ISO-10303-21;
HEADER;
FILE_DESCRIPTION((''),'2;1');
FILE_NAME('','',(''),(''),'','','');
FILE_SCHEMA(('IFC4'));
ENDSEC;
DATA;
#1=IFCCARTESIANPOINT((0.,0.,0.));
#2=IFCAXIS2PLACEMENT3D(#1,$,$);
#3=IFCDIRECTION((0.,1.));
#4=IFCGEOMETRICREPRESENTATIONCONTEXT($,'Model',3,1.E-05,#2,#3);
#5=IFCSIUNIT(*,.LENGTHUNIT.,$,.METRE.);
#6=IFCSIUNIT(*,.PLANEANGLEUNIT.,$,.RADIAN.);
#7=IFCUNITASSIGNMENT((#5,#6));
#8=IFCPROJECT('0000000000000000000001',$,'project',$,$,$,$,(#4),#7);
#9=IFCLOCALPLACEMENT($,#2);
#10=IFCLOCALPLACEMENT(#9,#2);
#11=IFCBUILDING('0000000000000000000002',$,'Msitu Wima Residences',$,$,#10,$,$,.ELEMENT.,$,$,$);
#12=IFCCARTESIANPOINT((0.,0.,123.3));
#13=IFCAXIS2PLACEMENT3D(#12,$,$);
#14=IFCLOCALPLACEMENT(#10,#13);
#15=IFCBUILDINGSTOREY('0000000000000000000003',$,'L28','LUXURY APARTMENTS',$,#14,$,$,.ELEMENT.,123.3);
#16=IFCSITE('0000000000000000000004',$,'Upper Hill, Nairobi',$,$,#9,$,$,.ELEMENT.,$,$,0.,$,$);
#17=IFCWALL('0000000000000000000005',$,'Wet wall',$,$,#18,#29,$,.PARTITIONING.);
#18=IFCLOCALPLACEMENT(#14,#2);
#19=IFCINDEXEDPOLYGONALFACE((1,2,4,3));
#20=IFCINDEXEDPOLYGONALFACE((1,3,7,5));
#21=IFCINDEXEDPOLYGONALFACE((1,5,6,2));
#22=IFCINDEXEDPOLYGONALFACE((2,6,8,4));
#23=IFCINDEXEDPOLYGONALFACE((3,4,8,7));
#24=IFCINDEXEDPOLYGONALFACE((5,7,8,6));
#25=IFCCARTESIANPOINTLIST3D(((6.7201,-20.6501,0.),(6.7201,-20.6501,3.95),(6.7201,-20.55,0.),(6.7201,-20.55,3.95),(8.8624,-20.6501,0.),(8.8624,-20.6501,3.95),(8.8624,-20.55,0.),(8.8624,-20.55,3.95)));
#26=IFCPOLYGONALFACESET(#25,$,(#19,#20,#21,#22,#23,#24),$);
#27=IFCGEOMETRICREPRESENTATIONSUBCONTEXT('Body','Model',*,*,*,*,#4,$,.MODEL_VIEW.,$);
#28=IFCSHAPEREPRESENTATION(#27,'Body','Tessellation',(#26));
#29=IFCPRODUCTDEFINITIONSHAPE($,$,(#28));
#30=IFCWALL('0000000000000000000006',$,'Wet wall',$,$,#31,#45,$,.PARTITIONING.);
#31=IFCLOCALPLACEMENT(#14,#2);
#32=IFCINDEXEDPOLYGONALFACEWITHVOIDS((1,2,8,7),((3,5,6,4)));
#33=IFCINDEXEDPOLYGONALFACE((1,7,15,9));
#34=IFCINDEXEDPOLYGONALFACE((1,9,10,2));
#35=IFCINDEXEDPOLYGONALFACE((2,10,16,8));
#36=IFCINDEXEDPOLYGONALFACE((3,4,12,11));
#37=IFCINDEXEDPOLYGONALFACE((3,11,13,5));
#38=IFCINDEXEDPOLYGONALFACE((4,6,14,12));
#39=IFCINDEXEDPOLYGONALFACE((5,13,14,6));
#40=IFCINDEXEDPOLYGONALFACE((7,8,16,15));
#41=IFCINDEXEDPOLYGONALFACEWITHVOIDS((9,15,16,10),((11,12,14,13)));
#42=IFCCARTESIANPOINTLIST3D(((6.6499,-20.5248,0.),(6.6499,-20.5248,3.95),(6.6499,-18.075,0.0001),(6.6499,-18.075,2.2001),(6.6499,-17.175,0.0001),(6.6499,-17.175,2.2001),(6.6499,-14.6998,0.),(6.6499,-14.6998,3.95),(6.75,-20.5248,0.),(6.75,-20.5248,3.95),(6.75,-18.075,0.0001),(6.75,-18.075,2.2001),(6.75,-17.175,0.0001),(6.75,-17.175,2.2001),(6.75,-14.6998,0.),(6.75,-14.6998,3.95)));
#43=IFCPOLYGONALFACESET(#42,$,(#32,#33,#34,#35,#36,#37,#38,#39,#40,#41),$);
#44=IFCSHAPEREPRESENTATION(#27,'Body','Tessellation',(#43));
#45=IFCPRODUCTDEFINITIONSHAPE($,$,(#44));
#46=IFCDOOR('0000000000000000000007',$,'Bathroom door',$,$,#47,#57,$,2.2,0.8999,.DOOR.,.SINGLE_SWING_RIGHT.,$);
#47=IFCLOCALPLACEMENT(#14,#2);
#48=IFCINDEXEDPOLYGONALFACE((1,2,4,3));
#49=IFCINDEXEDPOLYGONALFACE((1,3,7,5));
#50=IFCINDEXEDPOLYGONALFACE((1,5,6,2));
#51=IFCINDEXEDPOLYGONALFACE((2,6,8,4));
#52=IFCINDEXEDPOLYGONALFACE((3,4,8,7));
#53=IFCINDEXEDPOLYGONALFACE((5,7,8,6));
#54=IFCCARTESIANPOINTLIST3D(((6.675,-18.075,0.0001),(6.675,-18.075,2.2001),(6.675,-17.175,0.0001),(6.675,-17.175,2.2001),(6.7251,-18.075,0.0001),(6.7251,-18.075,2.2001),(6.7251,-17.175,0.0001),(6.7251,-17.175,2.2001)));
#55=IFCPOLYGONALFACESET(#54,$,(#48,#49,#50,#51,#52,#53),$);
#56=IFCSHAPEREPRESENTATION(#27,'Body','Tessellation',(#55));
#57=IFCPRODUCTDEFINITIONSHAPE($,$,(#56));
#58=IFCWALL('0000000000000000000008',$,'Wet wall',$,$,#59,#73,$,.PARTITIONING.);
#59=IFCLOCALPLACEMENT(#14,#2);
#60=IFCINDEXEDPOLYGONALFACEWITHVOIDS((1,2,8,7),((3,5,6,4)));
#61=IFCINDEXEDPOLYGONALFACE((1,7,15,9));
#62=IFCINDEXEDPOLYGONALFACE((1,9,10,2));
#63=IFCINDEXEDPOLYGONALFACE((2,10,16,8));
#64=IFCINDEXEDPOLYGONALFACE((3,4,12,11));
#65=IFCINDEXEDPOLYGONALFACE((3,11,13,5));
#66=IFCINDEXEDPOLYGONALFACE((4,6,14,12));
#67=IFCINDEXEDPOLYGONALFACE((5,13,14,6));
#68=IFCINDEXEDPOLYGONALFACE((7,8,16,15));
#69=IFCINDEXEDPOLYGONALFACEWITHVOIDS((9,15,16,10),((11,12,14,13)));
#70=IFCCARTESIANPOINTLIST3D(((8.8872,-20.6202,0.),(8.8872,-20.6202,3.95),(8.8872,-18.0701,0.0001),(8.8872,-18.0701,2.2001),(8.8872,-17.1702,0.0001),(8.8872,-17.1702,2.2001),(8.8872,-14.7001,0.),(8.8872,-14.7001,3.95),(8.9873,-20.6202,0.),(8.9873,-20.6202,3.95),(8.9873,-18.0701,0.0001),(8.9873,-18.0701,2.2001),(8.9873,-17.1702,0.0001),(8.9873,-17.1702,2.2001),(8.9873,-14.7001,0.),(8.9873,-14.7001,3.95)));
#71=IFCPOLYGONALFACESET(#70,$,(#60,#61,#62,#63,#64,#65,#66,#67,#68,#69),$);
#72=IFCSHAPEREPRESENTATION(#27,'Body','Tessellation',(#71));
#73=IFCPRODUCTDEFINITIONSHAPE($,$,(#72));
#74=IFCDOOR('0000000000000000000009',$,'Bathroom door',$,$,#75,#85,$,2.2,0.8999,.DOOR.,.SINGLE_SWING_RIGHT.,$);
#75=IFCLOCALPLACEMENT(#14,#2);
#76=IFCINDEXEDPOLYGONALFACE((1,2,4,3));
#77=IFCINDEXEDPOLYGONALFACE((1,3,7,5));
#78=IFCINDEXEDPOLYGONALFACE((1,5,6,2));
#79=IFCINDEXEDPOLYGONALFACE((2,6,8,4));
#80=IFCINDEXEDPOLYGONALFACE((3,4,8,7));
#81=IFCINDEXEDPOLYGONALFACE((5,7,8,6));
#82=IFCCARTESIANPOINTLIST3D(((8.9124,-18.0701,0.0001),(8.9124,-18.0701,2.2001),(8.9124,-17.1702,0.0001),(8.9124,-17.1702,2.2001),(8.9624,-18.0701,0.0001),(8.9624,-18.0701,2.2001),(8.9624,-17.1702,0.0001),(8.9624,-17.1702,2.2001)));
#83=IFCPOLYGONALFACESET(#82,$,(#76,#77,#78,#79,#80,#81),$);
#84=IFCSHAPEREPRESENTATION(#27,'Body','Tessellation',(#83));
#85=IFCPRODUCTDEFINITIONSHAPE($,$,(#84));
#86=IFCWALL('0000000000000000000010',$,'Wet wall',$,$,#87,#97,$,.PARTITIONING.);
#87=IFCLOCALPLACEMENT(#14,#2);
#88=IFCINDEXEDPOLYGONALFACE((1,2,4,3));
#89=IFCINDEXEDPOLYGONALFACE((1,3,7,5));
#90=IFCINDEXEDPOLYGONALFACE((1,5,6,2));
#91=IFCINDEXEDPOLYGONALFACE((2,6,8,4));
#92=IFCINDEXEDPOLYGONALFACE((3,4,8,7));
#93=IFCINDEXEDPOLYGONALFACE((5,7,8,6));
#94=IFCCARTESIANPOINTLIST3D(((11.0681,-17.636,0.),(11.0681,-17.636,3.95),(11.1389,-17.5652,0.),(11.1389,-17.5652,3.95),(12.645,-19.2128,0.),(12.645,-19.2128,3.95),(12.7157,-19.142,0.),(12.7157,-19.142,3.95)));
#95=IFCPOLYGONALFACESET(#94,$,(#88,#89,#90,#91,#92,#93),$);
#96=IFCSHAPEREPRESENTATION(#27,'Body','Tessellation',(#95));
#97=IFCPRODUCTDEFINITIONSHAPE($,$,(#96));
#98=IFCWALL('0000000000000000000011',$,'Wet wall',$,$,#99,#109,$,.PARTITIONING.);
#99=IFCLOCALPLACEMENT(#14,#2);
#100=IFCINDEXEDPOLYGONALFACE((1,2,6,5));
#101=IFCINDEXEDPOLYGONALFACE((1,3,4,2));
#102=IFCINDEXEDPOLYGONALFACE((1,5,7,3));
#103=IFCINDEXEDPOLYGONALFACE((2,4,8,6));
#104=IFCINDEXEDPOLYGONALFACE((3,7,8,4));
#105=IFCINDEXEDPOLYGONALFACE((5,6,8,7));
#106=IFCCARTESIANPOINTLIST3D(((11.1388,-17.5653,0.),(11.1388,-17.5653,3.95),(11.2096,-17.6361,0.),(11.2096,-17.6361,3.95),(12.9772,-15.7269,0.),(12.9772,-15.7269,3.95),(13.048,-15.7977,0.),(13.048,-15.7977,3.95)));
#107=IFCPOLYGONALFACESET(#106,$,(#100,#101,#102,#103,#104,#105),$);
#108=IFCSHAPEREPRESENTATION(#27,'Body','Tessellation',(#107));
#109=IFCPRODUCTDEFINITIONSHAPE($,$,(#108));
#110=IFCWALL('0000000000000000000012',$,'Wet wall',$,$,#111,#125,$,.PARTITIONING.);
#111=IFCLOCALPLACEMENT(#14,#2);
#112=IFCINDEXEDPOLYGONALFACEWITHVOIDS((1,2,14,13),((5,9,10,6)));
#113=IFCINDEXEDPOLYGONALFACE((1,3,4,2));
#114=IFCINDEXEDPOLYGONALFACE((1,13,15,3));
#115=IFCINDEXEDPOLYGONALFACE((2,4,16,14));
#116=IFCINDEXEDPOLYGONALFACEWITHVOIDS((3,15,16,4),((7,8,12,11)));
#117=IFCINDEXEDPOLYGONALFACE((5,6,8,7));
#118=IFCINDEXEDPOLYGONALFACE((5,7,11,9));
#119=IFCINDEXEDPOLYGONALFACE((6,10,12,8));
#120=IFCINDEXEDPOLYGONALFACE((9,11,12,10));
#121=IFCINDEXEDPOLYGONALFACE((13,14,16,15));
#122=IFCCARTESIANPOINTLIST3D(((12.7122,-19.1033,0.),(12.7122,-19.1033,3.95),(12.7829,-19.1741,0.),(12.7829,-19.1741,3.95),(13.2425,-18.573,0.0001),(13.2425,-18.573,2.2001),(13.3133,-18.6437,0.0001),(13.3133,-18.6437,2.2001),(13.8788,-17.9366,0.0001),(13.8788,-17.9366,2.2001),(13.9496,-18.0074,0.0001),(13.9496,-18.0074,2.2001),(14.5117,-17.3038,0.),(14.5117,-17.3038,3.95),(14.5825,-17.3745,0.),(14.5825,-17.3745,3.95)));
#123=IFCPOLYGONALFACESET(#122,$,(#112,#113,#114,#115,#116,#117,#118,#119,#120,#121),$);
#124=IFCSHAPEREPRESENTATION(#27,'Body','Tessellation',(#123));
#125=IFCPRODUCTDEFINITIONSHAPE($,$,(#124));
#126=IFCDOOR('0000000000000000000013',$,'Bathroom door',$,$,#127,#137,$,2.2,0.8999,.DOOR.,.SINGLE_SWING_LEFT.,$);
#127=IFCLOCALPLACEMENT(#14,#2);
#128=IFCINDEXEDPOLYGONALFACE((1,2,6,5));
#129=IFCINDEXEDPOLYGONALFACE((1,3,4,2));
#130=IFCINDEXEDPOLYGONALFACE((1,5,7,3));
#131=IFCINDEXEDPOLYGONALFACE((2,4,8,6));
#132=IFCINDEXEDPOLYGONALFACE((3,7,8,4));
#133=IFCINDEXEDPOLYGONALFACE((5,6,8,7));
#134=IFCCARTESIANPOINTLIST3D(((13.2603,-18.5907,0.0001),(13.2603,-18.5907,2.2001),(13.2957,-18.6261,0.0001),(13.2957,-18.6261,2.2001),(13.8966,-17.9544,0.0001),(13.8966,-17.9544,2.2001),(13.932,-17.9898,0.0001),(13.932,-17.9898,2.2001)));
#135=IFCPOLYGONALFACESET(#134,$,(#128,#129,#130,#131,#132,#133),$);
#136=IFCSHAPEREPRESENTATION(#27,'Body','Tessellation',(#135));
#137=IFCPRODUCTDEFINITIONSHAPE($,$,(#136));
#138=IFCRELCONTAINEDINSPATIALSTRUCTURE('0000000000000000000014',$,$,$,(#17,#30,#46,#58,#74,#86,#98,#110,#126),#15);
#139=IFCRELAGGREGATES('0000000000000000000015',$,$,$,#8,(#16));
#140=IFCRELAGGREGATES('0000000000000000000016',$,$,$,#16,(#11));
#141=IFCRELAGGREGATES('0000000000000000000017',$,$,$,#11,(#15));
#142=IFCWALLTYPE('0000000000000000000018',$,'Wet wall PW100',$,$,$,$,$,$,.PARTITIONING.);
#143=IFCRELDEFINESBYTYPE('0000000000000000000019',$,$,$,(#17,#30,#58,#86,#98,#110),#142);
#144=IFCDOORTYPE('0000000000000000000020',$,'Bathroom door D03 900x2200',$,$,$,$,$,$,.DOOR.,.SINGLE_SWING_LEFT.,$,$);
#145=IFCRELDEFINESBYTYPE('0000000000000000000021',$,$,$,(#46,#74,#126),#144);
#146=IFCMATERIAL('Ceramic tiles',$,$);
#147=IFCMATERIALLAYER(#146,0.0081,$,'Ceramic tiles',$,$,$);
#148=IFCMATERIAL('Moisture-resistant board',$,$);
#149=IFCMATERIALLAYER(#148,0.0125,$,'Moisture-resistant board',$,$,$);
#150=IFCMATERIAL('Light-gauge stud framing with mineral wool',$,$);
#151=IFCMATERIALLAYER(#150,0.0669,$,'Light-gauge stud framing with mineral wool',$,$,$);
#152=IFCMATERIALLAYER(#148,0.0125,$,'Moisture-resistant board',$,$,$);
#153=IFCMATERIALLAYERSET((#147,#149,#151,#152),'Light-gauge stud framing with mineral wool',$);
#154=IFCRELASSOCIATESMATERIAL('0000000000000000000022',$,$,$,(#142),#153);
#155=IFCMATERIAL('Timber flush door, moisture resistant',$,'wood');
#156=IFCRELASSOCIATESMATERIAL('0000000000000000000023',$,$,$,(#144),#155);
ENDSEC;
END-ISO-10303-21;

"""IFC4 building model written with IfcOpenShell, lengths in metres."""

from ifc_helpers import new_model, si_unit, direction, frame, frame_2d, origin, place, context, subcontext, project, spatial, rectangle, extrude, material, layer, layer_set, type_object, element, fill, save


model = new_model("IFC4")

# Units and contexts
model_context = context("Model", 3, precision=1e-05, world=origin(), true_north=direction((0.0, 1.0)))
body_context = subcontext(model_context, "Body", "Model", "MODEL_VIEW")
ifc_project = project(units=[si_unit("LENGTHUNIT", "METRE"), si_unit("PLANEANGLEUNIT", "RADIAN")], contexts=[model_context])

# Site, building, storey
site_placement = place(None, origin())
site = spatial("IfcSite", under=ifc_project, at=site_placement, Name="Upper Hill, Nairobi", CompositionType="ELEMENT", RefElevation=0.0)
building_placement = place(site_placement, origin())
building = spatial("IfcBuilding", under=site, at=building_placement, Name="Msitu Wima Residences", CompositionType="ELEMENT")
storey_placement = place(building_placement, frame((0.0, 0.0, 123.3)))
storey = spatial("IfcBuildingStorey", under=building, at=storey_placement, Name="L28", Description="LUXURY APARTMENTS", CompositionType="ELEMENT", Elevation=123.3)

# Wall
ifc_material_1 = material(Name="Ceramic tiles")
ifc_layer_1 = layer(ifc_material_1, 0.0081, Name="Ceramic tiles")
ifc_material_2 = material(Name="Moisture-resistant board")
ifc_layer_2 = layer(ifc_material_2, 0.0125, Name="Moisture-resistant board")
ifc_material_3 = material(Name="Light-gauge stud framing with mineral wool")
ifc_layer_3 = layer(ifc_material_3, 0.0669, Name="Light-gauge stud framing with mineral wool")
ifc_layer_4 = layer(ifc_material_2, 0.0125, Name="Moisture-resistant board")
ifc_layer_set_1 = layer_set([ifc_layer_1, ifc_layer_2, ifc_layer_3, ifc_layer_4], Name="Light-gauge stud framing with mineral wool")
wall_type_1 = type_object("IfcWallType", Name="Wet wall PW100", PredefinedType="PARTITIONING", material=ifc_layer_set_1)
wall_1_placement = place(storey_placement, frame((6.72, -20.6001, 0.0), z_axis=(0.0, 0.0, 1.0), x_axis=(1.0, 0.0, 0.0)))
element("IfcWall", 1, at=wall_1_placement, inside=storey, type_object=wall_type_1, Name="Wet wall", PredefinedType="PARTITIONING", context=body_context, shape_type="SweptSolid", body=[
    extrude(rectangle(XDim=2.1423, YDim=0.1001, at=frame_2d((1.0713, 0.0))), origin(), (0.0, 0.0, 1.0), 3.95),
])

# Walls, openings, doors
wall_2_placement = place(storey_placement, frame((6.7, -20.5249, 0.0), z_axis=(0.0, 0.0, 1.0), x_axis=(0.0, 1.0, 0.0)))
wall_2 = element("IfcWall", 2, at=wall_2_placement, inside=storey, type_object=wall_type_1, Name="Wet wall", PredefinedType="PARTITIONING", context=body_context, shape_type="SweptSolid", body=[
    extrude(rectangle(XDim=5.825, YDim=0.1001, at=frame_2d((2.9126, 0.0))), origin(), (0.0, 0.0, 1.0), 3.95),
])
opening_1_placement = place(wall_2_placement, frame((2.45, 0.0, 0.0)))
opening_1 = element("IfcOpeningElement", 3, at=opening_1_placement, cuts=wall_2, PredefinedType="OPENING", context=body_context, shape_type="SweptSolid", body=[
    extrude(rectangle(XDim=0.8999, YDim=2.2, at=frame_2d((0.45, 1.1001))), frame((0.0, 0.0601, 0.0), z_axis=(0.0, -1.0, 0.0), x_axis=(1.0, 0.0, 0.0)), (0.0, 0.0, 1.0), 0.1201),
])
ifc_material_4 = material(Name="Timber flush door, moisture resistant", Category="wood")
door_type_1 = type_object("IfcDoorType", Name="Bathroom door D03 900x2200", OperationType="SINGLE_SWING_LEFT", PredefinedType="DOOR", material=ifc_material_4)
door_1_placement = place(opening_1_placement, origin())
door_1 = element("IfcDoor", 4, at=door_1_placement, inside=storey, type_object=door_type_1, Name="Bathroom door", OperationType="SINGLE_SWING_RIGHT", OverallHeight=2.2, OverallWidth=0.8999, PredefinedType="DOOR", context=body_context, shape_type="SweptSolid", body=[
    extrude(rectangle(XDim=0.8999, YDim=2.2, at=frame_2d((0.45, 1.1001))), frame((0.0, 0.0249, 0.0), z_axis=(0.0, -1.0, 0.0), x_axis=(1.0, 0.0, 0.0)), (0.0, 0.0, 1.0), 0.05),
])
fill(opening_1, door_1)
wall_3_placement = place(storey_placement, frame((8.9373, -20.6201, 0.0), z_axis=(0.0, 0.0, 1.0), x_axis=(0.0, 1.0, 0.0)))
wall_3 = element("IfcWall", 5, at=wall_3_placement, inside=storey, type_object=wall_type_1, Name="Wet wall", PredefinedType="PARTITIONING", context=body_context, shape_type="SweptSolid", body=[
    extrude(rectangle(XDim=5.9202, YDim=0.1001, at=frame_2d((2.96, 0.0))), origin(), (0.0, 0.0, 1.0), 3.95),
])
opening_2_placement = place(wall_3_placement, frame((2.55, 0.0, 0.0)))
opening_2 = element("IfcOpeningElement", 6, at=opening_2_placement, cuts=wall_3, PredefinedType="OPENING", context=body_context, shape_type="SweptSolid", body=[
    extrude(rectangle(XDim=0.8999, YDim=2.2, at=frame_2d((0.45, 1.1001))), frame((0.0, 0.0601, 0.0), z_axis=(0.0, -1.0, 0.0), x_axis=(1.0, 0.0, 0.0)), (0.0, 0.0, 1.0), 0.1201),
])
door_2_placement = place(opening_2_placement, origin())
door_2 = element("IfcDoor", 7, at=door_2_placement, inside=storey, type_object=door_type_1, Name="Bathroom door", OperationType="SINGLE_SWING_RIGHT", OverallHeight=2.2, OverallWidth=0.8999, PredefinedType="DOOR", context=body_context, shape_type="SweptSolid", body=[
    extrude(rectangle(XDim=0.8999, YDim=2.2, at=frame_2d((0.45, 1.1001))), frame((0.0, 0.0249, 0.0), z_axis=(0.0, -1.0, 0.0), x_axis=(1.0, 0.0, 0.0)), (0.0, 0.0, 1.0), 0.05),
])
fill(opening_2, door_2)

# Walls
wall_4_placement = place(storey_placement, frame((11.1035, -17.6006, 0.0), z_axis=(0.0, 0.0, 1.0), x_axis=(0.707107, -0.707107, 0.0)))
element("IfcWall", 8, at=wall_4_placement, inside=storey, type_object=wall_type_1, Name="Wet wall", PredefinedType="PARTITIONING", context=body_context, shape_type="SweptSolid", body=[
    extrude(rectangle(XDim=2.23, YDim=0.1001, at=frame_2d((1.115, 0.0))), origin(), (0.0, 0.0, 1.0), 3.95),
])
wall_5_placement = place(storey_placement, frame((11.1743, -17.6006, 0.0), z_axis=(0.0, 0.0, 1.0), x_axis=(0.707107, 0.707107, 0.0)))
element("IfcWall", 9, at=wall_5_placement, inside=storey, type_object=wall_type_1, Name="Wet wall", PredefinedType="PARTITIONING", context=body_context, shape_type="SweptSolid", body=[
    extrude(rectangle(XDim=2.5999, YDim=0.1001, at=frame_2d((1.2998, 0.0))), origin(), (0.0, 0.0, 1.0), 3.95),
])

# Wall, opening, door
wall_6_placement = place(storey_placement, frame((12.7476, -19.1387, 0.0), z_axis=(0.0, 0.0, 1.0), x_axis=(0.707107, 0.707107, 0.0)))
wall_6 = element("IfcWall", 10, at=wall_6_placement, inside=storey, type_object=wall_type_1, Name="Wet wall", PredefinedType="PARTITIONING", context=body_context, shape_type="SweptSolid", body=[
    extrude(rectangle(XDim=2.5449, YDim=0.1001, at=frame_2d((1.2725, 0.0))), origin(), (0.0, 0.0, 1.0), 3.95),
])
opening_3_placement = place(wall_6_placement, frame((0.75, 0.0, 0.0)))
opening_3 = element("IfcOpeningElement", 11, at=opening_3_placement, cuts=wall_6, PredefinedType="OPENING", context=body_context, shape_type="SweptSolid", body=[
    extrude(rectangle(XDim=0.8999, YDim=2.2, at=frame_2d((0.45, 1.1001))), frame((0.0, 0.0601, 0.0), z_axis=(0.0, -1.0, 0.0), x_axis=(1.0, 0.0, 0.0)), (0.0, 0.0, 1.0), 0.1201),
])
door_3_placement = place(opening_3_placement, origin())
door_3 = element("IfcDoor", 12, at=door_3_placement, inside=storey, type_object=door_type_1, Name="Bathroom door", OperationType="SINGLE_SWING_LEFT", OverallHeight=2.2, OverallWidth=0.8999, PredefinedType="DOOR", context=body_context, shape_type="SweptSolid", body=[
    extrude(rectangle(XDim=0.8999, YDim=2.2, at=frame_2d((0.45, 1.1001))), frame((0.0, 0.0249, 0.0), z_axis=(0.0, -1.0, 0.0), x_axis=(1.0, 0.0, 0.0)), (0.0, 0.0, 1.0), 0.05),
])
fill(opening_3, door_3)

save(model, "model.ifc")
